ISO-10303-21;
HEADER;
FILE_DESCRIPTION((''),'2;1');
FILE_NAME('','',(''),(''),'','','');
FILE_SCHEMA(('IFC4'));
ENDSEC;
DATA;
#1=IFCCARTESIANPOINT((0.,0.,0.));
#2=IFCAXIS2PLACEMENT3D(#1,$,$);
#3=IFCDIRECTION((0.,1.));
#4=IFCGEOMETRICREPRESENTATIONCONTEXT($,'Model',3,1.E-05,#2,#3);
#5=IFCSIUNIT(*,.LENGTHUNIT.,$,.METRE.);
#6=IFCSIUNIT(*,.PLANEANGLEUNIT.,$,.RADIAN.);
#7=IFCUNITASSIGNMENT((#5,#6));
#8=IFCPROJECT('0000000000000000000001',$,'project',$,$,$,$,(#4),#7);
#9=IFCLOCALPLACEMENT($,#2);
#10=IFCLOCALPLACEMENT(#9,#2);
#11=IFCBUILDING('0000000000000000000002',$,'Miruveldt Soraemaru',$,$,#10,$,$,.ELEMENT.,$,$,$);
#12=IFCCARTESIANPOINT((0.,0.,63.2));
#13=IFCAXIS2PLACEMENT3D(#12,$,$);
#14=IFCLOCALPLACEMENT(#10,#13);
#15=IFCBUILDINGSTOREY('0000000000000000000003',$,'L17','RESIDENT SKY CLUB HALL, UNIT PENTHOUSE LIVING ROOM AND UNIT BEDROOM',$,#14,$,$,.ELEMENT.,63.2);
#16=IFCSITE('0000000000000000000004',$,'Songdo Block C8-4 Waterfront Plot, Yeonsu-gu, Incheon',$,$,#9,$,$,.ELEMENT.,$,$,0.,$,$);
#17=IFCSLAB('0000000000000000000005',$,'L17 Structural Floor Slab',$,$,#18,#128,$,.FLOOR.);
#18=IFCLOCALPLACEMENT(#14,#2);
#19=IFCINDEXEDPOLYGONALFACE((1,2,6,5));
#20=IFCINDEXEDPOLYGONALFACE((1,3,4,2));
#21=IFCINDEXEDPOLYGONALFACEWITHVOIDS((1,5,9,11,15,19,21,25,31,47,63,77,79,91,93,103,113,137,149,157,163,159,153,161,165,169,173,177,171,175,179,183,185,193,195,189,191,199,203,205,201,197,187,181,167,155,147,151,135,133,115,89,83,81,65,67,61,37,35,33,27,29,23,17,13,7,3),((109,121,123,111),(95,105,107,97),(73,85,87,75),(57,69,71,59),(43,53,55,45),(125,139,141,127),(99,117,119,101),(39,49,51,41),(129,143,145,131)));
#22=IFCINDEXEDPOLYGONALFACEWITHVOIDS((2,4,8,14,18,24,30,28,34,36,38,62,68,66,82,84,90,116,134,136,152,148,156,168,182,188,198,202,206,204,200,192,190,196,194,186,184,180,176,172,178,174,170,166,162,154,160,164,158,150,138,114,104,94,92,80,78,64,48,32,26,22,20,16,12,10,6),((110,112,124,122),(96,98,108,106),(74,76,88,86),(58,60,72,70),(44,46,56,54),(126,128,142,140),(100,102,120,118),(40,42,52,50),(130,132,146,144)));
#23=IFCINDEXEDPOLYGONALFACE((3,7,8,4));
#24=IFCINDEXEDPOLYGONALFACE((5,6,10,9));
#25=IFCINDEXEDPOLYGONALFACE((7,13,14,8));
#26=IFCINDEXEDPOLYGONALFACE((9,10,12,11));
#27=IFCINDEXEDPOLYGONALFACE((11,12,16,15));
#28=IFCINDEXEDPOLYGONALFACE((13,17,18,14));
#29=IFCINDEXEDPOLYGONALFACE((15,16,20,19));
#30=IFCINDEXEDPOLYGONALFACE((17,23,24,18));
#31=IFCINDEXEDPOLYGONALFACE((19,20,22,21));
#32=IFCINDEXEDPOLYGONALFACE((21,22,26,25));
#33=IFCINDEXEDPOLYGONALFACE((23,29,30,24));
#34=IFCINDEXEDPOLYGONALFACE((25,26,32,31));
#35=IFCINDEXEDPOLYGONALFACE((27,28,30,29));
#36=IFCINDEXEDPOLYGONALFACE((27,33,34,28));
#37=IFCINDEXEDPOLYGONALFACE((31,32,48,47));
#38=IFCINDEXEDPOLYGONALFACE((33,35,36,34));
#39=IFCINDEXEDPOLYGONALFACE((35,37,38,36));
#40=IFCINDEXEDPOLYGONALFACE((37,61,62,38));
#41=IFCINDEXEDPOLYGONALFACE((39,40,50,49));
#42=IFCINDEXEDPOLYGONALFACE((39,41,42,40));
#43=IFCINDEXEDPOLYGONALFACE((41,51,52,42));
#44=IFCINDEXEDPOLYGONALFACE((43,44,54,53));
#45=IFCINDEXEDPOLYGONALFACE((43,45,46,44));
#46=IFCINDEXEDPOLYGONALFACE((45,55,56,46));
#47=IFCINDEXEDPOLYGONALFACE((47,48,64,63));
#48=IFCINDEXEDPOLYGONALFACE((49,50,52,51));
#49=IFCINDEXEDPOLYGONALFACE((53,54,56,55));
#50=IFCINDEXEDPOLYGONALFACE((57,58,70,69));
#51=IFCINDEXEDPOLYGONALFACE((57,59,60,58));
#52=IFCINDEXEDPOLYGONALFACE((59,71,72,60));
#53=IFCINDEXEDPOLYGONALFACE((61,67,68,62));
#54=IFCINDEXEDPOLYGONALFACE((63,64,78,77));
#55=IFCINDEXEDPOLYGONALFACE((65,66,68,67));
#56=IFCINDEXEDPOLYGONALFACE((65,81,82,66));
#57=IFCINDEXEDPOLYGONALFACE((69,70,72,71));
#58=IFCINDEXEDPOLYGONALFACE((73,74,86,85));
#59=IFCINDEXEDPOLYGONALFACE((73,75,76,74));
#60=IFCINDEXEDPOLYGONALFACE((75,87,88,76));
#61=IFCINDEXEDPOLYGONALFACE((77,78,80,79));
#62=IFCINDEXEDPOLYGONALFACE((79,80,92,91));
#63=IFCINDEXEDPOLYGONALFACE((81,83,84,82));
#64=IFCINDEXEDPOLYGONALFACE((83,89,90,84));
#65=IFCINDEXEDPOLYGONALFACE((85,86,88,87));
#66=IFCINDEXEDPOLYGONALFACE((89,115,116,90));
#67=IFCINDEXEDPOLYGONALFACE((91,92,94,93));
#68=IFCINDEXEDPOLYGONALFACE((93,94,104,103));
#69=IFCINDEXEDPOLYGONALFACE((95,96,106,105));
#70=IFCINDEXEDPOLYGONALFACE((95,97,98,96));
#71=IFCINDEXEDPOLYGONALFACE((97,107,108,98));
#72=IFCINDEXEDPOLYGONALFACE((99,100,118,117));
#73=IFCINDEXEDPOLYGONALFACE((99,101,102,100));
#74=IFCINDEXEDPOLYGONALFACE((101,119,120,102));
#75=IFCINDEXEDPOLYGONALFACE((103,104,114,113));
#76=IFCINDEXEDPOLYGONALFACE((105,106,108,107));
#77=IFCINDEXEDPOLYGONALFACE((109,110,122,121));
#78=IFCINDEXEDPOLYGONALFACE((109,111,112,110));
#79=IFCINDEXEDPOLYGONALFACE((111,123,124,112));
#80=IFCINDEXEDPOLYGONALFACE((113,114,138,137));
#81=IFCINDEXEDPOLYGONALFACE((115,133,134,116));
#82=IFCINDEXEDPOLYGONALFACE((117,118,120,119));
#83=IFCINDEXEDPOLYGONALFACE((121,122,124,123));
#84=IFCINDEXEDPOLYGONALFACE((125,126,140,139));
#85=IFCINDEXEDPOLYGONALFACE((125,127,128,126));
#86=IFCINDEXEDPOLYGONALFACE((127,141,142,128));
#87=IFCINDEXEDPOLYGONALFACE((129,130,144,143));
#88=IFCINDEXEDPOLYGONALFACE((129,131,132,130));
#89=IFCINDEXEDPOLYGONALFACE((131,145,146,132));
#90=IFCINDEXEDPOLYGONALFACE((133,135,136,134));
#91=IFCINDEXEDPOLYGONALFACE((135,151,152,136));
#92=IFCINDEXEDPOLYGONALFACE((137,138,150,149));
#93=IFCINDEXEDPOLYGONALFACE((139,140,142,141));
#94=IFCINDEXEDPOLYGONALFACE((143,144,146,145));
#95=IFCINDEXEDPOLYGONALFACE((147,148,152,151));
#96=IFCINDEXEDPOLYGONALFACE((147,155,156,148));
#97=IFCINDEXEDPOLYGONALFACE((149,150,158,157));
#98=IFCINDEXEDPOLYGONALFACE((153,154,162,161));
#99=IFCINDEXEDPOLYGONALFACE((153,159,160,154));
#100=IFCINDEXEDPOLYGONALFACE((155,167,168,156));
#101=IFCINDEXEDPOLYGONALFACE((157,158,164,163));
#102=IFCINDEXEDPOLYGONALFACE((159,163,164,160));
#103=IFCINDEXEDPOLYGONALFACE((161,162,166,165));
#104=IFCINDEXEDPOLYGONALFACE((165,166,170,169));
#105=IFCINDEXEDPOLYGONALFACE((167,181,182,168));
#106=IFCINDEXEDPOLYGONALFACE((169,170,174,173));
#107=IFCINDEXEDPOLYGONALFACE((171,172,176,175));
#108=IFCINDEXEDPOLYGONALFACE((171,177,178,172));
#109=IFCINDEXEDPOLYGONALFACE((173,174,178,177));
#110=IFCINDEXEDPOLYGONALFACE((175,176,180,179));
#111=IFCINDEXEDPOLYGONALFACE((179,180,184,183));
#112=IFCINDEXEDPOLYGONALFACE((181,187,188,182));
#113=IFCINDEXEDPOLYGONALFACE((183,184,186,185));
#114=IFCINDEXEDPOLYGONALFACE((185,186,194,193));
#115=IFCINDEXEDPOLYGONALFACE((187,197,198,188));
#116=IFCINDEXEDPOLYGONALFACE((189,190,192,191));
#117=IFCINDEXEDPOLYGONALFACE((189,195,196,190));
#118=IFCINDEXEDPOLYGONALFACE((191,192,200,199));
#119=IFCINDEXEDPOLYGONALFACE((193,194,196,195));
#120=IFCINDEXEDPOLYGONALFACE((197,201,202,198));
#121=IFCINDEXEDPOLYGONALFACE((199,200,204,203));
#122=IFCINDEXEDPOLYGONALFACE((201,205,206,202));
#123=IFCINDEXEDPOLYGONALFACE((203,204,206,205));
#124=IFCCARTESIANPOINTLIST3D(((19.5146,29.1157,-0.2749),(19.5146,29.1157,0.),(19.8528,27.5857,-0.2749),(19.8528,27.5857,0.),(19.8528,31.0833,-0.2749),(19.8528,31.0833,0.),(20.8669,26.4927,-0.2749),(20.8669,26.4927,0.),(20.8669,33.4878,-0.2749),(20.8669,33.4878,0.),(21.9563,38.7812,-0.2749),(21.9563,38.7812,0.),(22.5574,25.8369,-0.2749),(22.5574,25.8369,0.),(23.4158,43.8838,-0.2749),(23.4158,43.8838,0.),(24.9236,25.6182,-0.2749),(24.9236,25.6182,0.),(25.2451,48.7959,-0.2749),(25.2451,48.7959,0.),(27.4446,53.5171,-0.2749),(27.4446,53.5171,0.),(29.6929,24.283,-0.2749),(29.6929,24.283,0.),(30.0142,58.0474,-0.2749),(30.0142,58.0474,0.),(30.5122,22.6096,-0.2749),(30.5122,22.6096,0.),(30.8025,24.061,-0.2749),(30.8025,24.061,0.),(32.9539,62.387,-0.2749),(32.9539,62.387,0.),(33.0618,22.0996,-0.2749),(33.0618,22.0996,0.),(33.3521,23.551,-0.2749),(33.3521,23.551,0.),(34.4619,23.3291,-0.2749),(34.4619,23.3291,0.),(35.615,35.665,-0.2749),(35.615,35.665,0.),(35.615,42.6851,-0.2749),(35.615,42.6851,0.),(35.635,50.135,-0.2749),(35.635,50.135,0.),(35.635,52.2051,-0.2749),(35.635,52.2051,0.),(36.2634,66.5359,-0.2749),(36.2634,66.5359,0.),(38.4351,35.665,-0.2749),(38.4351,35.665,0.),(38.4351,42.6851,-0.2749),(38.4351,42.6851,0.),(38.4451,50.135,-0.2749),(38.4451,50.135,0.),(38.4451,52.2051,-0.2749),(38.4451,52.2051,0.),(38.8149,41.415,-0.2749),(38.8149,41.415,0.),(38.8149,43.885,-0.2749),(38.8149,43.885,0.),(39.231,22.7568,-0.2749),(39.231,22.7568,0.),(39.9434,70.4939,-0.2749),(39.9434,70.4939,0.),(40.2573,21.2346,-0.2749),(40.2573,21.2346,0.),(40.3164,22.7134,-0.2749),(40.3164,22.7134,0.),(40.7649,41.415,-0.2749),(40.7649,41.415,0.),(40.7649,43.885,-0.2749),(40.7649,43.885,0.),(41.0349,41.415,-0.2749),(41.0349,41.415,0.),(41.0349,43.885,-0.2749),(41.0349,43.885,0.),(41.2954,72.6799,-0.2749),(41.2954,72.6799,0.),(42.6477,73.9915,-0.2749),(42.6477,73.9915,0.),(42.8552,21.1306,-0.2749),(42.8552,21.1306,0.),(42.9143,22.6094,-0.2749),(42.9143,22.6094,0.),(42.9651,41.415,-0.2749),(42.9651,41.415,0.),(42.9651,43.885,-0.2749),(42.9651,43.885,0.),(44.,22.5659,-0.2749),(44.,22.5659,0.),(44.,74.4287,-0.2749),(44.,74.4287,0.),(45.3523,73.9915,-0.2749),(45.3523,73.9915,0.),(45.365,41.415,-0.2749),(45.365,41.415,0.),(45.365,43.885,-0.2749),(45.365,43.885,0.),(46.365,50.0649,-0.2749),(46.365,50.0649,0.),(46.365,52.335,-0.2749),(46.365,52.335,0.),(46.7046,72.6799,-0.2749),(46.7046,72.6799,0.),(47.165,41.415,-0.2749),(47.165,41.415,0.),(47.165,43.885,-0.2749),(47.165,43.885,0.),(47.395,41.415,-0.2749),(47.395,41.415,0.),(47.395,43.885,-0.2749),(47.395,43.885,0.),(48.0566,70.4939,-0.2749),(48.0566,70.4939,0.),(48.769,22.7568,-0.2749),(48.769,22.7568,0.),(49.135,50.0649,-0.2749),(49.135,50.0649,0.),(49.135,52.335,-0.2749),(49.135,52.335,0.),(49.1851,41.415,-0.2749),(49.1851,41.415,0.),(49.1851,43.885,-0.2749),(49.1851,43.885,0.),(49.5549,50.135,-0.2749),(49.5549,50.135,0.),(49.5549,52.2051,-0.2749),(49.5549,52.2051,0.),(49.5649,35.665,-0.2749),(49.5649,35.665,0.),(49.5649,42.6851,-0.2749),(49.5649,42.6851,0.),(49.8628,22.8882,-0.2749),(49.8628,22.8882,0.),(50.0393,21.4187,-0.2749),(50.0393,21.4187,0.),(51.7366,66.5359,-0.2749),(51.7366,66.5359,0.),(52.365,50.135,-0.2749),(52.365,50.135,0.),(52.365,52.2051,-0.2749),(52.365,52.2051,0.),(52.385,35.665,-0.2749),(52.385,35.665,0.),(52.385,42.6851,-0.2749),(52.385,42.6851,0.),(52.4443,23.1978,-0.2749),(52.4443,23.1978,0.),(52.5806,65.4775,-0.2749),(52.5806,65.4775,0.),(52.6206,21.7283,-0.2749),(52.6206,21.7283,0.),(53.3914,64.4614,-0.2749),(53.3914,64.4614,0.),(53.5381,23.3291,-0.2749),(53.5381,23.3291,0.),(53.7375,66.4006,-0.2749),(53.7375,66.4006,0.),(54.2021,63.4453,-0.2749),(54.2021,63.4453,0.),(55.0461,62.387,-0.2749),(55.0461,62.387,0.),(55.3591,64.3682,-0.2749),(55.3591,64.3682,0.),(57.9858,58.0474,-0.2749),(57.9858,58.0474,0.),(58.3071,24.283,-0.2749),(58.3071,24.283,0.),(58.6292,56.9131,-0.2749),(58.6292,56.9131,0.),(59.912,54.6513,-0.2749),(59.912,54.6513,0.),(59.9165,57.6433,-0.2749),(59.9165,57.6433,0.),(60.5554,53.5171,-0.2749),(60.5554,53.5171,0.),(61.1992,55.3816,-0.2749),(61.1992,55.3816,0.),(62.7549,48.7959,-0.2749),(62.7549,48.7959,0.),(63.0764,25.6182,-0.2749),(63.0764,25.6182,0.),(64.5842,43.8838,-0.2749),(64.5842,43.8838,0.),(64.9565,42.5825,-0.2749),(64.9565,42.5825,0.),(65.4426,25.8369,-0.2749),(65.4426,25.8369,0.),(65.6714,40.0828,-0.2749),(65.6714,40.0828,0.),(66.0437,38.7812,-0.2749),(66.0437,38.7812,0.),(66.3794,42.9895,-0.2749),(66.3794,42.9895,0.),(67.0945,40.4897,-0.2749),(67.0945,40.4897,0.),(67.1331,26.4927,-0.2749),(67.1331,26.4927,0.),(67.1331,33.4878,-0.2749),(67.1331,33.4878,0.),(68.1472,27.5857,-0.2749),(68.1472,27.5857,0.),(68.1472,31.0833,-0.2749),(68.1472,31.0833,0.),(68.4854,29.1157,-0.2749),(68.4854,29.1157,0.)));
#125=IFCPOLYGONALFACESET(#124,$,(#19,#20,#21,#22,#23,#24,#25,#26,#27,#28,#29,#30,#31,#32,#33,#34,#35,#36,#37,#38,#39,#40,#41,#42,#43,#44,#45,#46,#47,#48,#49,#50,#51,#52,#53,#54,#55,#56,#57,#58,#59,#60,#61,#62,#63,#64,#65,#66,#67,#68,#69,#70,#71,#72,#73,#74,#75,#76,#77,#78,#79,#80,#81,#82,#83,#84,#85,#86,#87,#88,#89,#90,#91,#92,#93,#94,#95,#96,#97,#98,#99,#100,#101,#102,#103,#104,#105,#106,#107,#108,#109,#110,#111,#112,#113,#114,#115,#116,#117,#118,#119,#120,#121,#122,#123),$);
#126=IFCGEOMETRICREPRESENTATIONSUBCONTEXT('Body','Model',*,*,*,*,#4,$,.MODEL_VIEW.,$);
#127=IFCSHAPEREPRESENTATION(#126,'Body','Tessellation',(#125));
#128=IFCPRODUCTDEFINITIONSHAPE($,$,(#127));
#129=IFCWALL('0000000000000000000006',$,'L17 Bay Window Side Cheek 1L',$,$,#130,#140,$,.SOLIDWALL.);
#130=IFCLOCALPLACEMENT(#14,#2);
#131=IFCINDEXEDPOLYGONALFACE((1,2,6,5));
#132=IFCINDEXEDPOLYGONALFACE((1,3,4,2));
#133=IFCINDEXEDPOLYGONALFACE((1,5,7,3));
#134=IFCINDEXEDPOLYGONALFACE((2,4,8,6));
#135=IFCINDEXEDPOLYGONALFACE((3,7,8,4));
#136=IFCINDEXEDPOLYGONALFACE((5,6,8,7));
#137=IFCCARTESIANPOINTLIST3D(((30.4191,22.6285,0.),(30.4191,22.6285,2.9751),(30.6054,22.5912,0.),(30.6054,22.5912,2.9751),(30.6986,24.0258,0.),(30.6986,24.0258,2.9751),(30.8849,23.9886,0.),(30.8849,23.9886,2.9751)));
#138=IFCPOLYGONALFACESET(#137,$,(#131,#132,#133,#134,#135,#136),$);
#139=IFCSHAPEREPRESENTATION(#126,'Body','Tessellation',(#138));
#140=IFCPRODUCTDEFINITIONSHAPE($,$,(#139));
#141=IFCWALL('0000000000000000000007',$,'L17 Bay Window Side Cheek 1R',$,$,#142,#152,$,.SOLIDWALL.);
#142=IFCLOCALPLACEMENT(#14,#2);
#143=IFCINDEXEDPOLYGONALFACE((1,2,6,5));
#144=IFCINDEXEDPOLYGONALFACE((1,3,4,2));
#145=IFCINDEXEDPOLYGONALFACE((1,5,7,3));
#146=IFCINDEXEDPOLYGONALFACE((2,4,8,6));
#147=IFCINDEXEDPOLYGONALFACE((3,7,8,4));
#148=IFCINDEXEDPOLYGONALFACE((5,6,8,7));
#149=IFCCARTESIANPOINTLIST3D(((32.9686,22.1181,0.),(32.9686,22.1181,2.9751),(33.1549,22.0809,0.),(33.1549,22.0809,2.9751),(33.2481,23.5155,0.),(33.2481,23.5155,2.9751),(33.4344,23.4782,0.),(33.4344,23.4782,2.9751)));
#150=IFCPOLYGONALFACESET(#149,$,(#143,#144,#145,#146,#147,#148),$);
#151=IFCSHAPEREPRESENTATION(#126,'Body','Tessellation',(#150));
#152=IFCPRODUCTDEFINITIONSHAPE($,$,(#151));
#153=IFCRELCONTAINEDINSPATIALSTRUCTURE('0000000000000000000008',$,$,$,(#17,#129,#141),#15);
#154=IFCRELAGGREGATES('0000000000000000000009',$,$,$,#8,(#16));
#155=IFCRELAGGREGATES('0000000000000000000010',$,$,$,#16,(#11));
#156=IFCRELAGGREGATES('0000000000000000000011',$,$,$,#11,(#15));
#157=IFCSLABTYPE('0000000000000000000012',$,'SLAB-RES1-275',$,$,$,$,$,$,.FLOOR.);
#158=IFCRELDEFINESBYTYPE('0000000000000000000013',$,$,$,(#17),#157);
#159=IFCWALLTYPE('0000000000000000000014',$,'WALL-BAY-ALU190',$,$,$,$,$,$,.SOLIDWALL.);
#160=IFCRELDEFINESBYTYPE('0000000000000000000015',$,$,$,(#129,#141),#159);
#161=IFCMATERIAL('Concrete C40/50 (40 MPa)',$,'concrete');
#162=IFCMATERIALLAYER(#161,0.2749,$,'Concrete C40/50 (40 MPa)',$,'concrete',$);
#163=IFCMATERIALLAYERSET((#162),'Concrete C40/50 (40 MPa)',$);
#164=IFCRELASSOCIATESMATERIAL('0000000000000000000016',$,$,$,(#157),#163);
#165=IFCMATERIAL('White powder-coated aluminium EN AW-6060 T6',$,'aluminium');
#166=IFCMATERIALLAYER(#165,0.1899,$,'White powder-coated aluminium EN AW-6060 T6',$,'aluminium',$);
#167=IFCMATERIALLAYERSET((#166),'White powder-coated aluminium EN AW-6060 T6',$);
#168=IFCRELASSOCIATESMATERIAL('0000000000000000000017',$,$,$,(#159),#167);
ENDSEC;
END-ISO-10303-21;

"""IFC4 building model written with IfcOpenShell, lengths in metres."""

from ifc_helpers import new_model, si_unit, direction, frame, frame_2d, origin, place, context, subcontext, project, spatial, polyline, rectangle, outline, extrude, material, layer, layer_set, type_object, element, save


model = new_model("IFC4")

# Units and contexts
model_context = context("Model", 3, precision=1e-05, world=origin(), true_north=direction((0.0, 1.0)))
body_context = subcontext(model_context, "Body", "Model", "MODEL_VIEW")
ifc_project = project(units=[si_unit("LENGTHUNIT", "METRE"), si_unit("PLANEANGLEUNIT", "RADIAN")], contexts=[model_context])

# Site, building, storey
site_placement = place(None, origin())
site = spatial("IfcSite", under=ifc_project, at=site_placement, Name="Songdo Block C8-4 Waterfront Plot, Yeonsu-gu, Incheon", CompositionType="ELEMENT", RefElevation=0.0)
building_placement = place(site_placement, origin())
building = spatial("IfcBuilding", under=site, at=building_placement, Name="Miruveldt Soraemaru", CompositionType="ELEMENT")
storey_placement = place(building_placement, frame((0.0, 0.0, 63.2)))
storey = spatial("IfcBuildingStorey", under=building, at=storey_placement, Name="L17", Description="RESIDENT SKY CLUB HALL, UNIT PENTHOUSE LIVING ROOM AND UNIT BEDROOM", CompositionType="ELEMENT", Elevation=63.2)

# Shared definitions
ifc_material_1 = material(Name="Concrete C40/50 (40 MPa)", Category="concrete")

# Slab
ifc_layer_1 = layer(ifc_material_1, 0.2749, Name="Concrete C40/50 (40 MPa)", Category="concrete")
ifc_layer_set_1 = layer_set([ifc_layer_1], Name="Concrete C40/50 (40 MPa)")
slab_type_1 = type_object("IfcSlabType", Name="SLAB-RES1-275", PredefinedType="FLOOR", material=ifc_layer_set_1)
slab_1_placement = place(storey_placement, frame((0.0, 0.0, -0.2749)))
element("IfcSlab", 1, at=slab_1_placement, inside=storey, type_object=slab_type_1, Name="L17 Structural Floor Slab", PredefinedType="FLOOR", context=body_context, shape_type="SweptSolid", body=[
    extrude(outline(polyline([(40.2573, 21.2346), (40.3164, 22.7134), (39.231, 22.7568), (34.4619, 23.3291), (32.0774, 23.8059), (33.3521, 23.551), (33.0618, 22.0996), (30.5122, 22.6096), (30.8025, 24.061), (29.6929, 24.283), (24.9236, 25.6182), (22.5574, 25.8369), (20.8669, 26.4927), (19.8528, 27.5857), (19.5146, 29.1157), (19.8528, 31.0833), (20.8669, 33.4878), (21.9563, 38.7812), (23.4158, 43.8838), (25.2451, 48.7959), (27.4446, 53.5171), (30.0142, 58.0474), (32.9539, 62.387), (36.2634, 66.5359), (39.9434, 70.4939), (41.2954, 72.6799), (42.6477, 73.9915), (44.0, 74.4287), (45.3523, 73.9915), (46.7046, 72.6799), (48.0566, 70.4939), (51.7366, 66.5359), (52.5806, 65.4775), (53.7375, 66.4006), (55.3591, 64.3682), (54.2021, 63.4453), (53.3914, 64.4614), (55.0461, 62.387), (57.9858, 58.0474), (58.6292, 56.9131), (59.9165, 57.6433), (61.1992, 55.3816), (59.9121, 54.6514), (59.2705, 55.7822), (60.5554, 53.5171), (62.7549, 48.7959), (64.5842, 43.8838), (64.9565, 42.5825), (66.3794, 42.9895), (67.0945, 40.4897), (65.6714, 40.0828), (65.314, 41.3325), (66.0437, 38.7812), (67.1331, 33.4878), (68.1472, 31.0833), (68.4854, 29.1157), (68.1472, 27.5857), (67.1331, 26.4927), (65.4426, 25.8369), (63.0764, 25.6182), (58.3071, 24.283), (53.5381, 23.3291), (51.1538, 23.043), (52.4443, 23.1978), (52.6206, 21.7283), (50.0393, 21.4187), (49.8628, 22.8882), (48.769, 22.7568), (44.0, 22.5659), (41.6155, 22.6614), (42.9143, 22.6094), (42.8552, 21.1306), (40.2573, 21.2346)]), holes=[polyline([(35.615, 35.665), (38.4351, 35.665), (38.4351, 42.6851), (35.615, 42.6851), (35.615, 35.665)]), polyline([(49.5649, 35.665), (52.385, 35.665), (52.385, 42.6851), (49.5649, 42.6851), (49.5649, 35.665)]), polyline([(40.7649, 41.415), (40.7649, 43.885), (38.8149, 43.885), (38.8149, 41.415), (40.7649, 41.415)]), polyline([(42.9651, 41.415), (42.9651, 43.885), (41.0349, 43.885), (41.0349, 41.415), (42.9651, 41.415)]), polyline([(47.165, 41.415), (47.165, 43.885), (45.365, 43.885), (45.365, 41.415), (47.165, 41.415)]), polyline([(49.1851, 41.415), (49.1851, 43.885), (47.395, 43.885), (47.395, 41.415), (49.1851, 41.415)]), polyline([(38.4451, 50.135), (38.4451, 52.2051), (35.635, 52.2051), (35.635, 50.135), (38.4451, 50.135)]), polyline([(49.5549, 50.135), (52.365, 50.135), (52.365, 52.2051), (49.5549, 52.2051), (49.5549, 50.135)]), polyline([(46.365, 50.0649), (49.135, 50.0649), (49.135, 52.335), (46.365, 52.335), (46.365, 50.0649)])]), origin(), (0.0, 0.0, 1.0), 0.2749),
])

# Walls
ifc_material_2 = material(Name="White powder-coated aluminium EN AW-6060 T6", Category="aluminium")
ifc_layer_2 = layer(ifc_material_2, 0.1899, Name="White powder-coated aluminium EN AW-6060 T6", Category="aluminium")
ifc_layer_set_2 = layer_set([ifc_layer_2], Name="White powder-coated aluminium EN AW-6060 T6")
wall_type_1 = type_object("IfcWallType", Name="WALL-BAY-ALU190", PredefinedType="SOLIDWALL", material=ifc_layer_set_2)
for number, where, z_axis, x_axis, name in (
    (2, (30.7917, 24.0071, 0.0), (0.0, 0.0, 1.0), (-0.196149, -0.980574, 0.0), "L17 Bay Window Side Cheek 1L"),
    (3, (33.0618, 22.0996, 0.0), (0.0, 0.0, 1.0), (0.196149, 0.980574, 0.0), "L17 Bay Window Side Cheek 1R"),
):
    element("IfcWall", number, at=place(storey_placement, frame(where, z_axis=z_axis, x_axis=x_axis)), inside=storey, type_object=wall_type_1, Name=name, PredefinedType="SOLIDWALL", context=body_context, shape_type="SweptSolid", body=[
        extrude(rectangle(XDim=1.425, YDim=0.1899, at=frame_2d((0.7124, 0.0))), origin(), (0.0, 0.0, 1.0), 2.9751),
    ])

save(model, "model.ifc")
